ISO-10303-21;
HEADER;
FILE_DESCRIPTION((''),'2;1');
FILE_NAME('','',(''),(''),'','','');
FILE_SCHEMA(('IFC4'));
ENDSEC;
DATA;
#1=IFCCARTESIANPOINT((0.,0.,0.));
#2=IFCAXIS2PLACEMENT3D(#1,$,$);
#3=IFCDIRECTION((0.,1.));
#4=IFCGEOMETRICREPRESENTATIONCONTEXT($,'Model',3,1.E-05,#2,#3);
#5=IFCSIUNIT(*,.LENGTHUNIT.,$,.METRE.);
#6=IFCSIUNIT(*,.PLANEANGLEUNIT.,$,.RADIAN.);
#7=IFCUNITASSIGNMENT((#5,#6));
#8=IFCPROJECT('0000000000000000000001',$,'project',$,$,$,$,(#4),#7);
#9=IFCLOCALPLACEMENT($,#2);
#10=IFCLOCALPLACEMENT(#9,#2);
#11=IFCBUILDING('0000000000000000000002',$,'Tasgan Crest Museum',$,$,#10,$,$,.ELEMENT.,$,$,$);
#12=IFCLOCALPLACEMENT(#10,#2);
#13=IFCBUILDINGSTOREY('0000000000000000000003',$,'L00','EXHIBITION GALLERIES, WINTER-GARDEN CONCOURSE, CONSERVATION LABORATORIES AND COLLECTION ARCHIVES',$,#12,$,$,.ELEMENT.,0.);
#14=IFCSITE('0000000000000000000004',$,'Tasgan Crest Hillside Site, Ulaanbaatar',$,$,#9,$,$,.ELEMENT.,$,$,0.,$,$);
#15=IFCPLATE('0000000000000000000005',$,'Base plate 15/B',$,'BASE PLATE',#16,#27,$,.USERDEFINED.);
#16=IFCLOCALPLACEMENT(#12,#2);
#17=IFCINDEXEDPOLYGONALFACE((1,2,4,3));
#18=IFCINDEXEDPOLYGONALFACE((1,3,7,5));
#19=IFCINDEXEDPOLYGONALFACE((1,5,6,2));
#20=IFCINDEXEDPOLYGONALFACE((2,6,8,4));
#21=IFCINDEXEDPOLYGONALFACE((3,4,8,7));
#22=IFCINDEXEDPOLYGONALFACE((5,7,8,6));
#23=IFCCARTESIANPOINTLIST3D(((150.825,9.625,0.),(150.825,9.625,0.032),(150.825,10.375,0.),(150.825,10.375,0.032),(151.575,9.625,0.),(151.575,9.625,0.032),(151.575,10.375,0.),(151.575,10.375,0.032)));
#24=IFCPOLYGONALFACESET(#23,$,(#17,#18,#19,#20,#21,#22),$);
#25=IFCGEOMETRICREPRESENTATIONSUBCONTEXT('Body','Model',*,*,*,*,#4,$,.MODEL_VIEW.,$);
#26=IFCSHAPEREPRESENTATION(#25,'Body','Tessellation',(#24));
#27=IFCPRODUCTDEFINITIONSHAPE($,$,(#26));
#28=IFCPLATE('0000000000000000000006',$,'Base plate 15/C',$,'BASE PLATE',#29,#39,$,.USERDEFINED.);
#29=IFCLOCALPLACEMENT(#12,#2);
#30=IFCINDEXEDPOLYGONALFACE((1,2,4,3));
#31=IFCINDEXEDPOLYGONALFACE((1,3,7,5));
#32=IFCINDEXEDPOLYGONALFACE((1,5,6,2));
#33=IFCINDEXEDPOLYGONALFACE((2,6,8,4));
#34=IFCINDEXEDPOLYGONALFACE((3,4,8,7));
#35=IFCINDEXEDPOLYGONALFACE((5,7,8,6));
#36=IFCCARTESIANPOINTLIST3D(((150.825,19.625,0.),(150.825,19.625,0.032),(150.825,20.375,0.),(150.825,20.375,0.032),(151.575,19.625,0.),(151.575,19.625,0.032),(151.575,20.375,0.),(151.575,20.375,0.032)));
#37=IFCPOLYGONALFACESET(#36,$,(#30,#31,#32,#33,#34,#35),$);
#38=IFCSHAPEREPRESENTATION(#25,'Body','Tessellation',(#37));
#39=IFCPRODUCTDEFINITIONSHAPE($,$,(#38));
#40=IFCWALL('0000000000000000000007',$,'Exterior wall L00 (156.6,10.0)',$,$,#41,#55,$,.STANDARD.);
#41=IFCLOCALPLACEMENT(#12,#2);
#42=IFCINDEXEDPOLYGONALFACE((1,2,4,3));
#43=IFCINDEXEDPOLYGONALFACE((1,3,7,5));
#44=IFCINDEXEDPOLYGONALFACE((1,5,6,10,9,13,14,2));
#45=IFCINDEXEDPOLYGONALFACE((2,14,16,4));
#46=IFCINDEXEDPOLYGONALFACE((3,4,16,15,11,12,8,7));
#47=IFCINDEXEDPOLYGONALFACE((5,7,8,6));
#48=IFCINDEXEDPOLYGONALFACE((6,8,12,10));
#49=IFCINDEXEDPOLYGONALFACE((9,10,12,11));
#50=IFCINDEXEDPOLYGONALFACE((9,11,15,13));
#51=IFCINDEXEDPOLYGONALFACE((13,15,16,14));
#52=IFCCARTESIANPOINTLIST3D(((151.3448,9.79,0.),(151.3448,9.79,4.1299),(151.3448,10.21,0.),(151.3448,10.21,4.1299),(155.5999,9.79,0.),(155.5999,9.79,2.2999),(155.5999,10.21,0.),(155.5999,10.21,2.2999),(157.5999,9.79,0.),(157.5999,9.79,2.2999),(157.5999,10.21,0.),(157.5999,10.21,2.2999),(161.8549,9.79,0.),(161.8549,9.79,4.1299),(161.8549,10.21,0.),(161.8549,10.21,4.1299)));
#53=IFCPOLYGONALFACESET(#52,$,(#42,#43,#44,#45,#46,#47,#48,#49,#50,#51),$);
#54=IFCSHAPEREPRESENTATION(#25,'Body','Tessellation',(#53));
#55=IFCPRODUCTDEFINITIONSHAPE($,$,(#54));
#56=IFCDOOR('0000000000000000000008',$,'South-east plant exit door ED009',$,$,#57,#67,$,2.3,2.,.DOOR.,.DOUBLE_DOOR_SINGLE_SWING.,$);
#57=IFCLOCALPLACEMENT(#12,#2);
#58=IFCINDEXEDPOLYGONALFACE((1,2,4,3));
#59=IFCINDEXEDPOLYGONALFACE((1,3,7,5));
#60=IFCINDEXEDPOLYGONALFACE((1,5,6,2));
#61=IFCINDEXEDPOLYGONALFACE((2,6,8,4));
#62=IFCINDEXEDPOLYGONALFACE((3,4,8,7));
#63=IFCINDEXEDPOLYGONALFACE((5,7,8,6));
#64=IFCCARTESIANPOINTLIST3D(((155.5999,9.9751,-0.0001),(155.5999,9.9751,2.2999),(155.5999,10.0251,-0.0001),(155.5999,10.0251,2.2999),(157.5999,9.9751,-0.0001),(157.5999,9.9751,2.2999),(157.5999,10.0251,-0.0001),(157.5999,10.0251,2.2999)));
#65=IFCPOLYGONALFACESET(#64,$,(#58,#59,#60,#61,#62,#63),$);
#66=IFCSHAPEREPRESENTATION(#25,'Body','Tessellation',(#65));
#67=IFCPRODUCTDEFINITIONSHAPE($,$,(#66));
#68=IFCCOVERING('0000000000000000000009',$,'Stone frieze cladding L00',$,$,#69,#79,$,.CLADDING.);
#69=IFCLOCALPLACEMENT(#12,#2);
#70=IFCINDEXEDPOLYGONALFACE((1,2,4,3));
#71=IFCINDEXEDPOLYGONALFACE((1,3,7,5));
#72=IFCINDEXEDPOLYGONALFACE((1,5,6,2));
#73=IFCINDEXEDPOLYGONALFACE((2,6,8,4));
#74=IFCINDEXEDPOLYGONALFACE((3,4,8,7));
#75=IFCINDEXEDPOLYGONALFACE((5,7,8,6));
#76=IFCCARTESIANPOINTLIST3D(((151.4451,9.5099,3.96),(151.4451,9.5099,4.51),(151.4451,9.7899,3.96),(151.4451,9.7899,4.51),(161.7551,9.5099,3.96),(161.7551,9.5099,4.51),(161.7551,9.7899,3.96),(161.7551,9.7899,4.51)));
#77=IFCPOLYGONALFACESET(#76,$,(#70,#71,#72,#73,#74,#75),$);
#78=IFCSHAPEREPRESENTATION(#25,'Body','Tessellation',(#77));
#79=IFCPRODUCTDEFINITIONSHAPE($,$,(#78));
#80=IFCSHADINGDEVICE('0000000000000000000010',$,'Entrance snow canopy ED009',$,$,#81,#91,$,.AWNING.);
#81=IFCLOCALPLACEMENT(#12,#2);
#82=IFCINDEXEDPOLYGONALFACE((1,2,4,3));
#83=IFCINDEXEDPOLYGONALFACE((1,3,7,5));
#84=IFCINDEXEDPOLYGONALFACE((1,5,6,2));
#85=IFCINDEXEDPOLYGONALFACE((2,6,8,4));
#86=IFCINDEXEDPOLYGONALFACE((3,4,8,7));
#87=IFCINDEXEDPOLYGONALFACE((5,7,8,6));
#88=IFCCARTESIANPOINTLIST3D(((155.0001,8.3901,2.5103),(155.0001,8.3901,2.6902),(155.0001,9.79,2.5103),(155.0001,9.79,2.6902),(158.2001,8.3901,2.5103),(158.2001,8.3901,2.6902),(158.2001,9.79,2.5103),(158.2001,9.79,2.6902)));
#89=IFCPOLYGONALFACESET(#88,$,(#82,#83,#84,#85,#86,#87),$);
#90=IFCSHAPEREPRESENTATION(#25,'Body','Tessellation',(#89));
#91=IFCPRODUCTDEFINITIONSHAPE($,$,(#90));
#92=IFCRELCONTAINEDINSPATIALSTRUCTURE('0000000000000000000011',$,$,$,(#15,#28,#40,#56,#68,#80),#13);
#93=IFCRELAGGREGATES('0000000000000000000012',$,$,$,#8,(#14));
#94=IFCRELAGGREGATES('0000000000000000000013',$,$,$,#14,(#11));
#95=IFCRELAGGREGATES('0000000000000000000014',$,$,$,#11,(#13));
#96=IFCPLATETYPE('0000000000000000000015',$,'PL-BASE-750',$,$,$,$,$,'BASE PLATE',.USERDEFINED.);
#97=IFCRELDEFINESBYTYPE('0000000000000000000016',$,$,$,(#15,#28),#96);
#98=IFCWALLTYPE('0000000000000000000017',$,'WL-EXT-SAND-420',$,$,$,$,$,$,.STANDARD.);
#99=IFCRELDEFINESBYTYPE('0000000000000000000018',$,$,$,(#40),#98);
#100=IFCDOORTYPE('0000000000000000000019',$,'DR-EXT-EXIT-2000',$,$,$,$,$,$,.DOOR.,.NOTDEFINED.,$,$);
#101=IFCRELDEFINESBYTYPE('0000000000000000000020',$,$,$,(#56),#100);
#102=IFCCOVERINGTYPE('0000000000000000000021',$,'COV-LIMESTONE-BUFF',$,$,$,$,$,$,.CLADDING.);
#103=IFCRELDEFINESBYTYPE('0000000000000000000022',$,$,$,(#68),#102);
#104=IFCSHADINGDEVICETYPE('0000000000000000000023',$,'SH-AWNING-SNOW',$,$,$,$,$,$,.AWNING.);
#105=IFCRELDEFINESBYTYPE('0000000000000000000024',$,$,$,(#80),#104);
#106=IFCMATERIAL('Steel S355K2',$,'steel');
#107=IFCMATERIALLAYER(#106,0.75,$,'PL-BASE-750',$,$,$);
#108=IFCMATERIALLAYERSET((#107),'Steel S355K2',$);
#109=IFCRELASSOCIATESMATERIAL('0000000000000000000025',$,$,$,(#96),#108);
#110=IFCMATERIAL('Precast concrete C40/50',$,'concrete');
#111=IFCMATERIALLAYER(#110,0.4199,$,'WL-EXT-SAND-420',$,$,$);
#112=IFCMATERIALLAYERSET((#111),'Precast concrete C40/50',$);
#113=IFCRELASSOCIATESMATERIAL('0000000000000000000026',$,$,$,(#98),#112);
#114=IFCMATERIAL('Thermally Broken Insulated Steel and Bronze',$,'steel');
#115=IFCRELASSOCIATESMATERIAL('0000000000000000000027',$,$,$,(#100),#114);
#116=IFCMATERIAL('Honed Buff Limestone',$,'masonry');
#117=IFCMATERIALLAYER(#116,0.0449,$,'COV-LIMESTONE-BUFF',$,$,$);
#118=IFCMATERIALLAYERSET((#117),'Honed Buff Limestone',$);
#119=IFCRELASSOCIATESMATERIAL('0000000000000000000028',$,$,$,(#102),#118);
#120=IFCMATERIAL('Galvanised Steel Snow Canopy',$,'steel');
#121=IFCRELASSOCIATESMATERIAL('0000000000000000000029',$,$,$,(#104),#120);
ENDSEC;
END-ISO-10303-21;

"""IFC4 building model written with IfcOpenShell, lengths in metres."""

from ifc_helpers import new_model, si_unit, direction, frame, frame_2d, origin, origin_2d, place, context, subcontext, project, spatial, rectangle, extrude, material, layer, layer_set, type_object, element, fill, save


model = new_model("IFC4")

# Units and contexts
model_context = context("Model", 3, precision=1e-05, world=origin(), true_north=direction((0.0, 1.0)))
body_context = subcontext(model_context, "Body", "Model", "MODEL_VIEW")
ifc_project = project(units=[si_unit("LENGTHUNIT", "METRE"), si_unit("PLANEANGLEUNIT", "RADIAN")], contexts=[model_context])

# Site, building, storey
site_placement = place(None, origin())
site = spatial("IfcSite", under=ifc_project, at=site_placement, Name="Tasgan Crest Hillside Site, Ulaanbaatar", CompositionType="ELEMENT", RefElevation=0.0)
building_placement = place(site_placement, origin())
building = spatial("IfcBuilding", under=site, at=building_placement, Name="Tasgan Crest Museum", CompositionType="ELEMENT")
storey_placement = place(building_placement, origin())
storey = spatial("IfcBuildingStorey", under=building, at=storey_placement, Name="L00", Description="EXHIBITION GALLERIES, WINTER-GARDEN CONCOURSE, CONSERVATION LABORATORIES AND COLLECTION ARCHIVES", CompositionType="ELEMENT", Elevation=0.0)

# Plates
ifc_material_1 = material(Name="Steel S355K2", Category="steel")
ifc_layer_1 = layer(ifc_material_1, 0.75, Name="PL-BASE-750")
ifc_layer_set_1 = layer_set([ifc_layer_1], Name="Steel S355K2")
plate_type = type_object("IfcPlateType", Name="PL-BASE-750", ElementType="BASE PLATE", PredefinedType="USERDEFINED", material=ifc_layer_set_1)
for number, where, z_axis, x_axis, name in (
    (1, (151.2, 10.0, 0.0), (0.0, 0.0, 1.0), (1.0, 0.0, 0.0), "Base plate 15/B"),
    (2, (151.2, 20.0, 0.0), (0.0, 0.0, 1.0), (1.0, 0.0, 0.0), "Base plate 15/C"),
):
    element("IfcPlate", number, at=place(storey_placement, frame(where, z_axis=z_axis, x_axis=x_axis)), inside=storey, type_object=plate_type, Name=name, ObjectType="BASE PLATE", PredefinedType="USERDEFINED", context=body_context, shape_type="SweptSolid", body=[
        extrude(rectangle(XDim=0.75, YDim=0.75, at=origin_2d()), origin(), (0.0, 0.0, 1.0), 0.032),
    ])

# Wall, opening, door
ifc_material_2 = material(Name="Precast concrete C40/50", Category="concrete")
ifc_layer_2 = layer(ifc_material_2, 0.4199, Name="WL-EXT-SAND-420")
ifc_layer_set_2 = layer_set([ifc_layer_2], Name="Precast concrete C40/50")
wall_type = type_object("IfcWallType", Name="WL-EXT-SAND-420", PredefinedType="STANDARD", material=ifc_layer_set_2)
wall_placement = place(storey_placement, frame((151.345, 10.0, 0.0), z_axis=(0.0, 0.0, 1.0), x_axis=(1.0, 0.0, 0.0)))
wall = element("IfcWall", 3, at=wall_placement, inside=storey, type_object=wall_type, Name="Exterior wall L00 (156.6,10.0)", PredefinedType="STANDARD", context=body_context, shape_type="SweptSolid", body=[
    extrude(rectangle(XDim=10.51, YDim=0.4199, at=frame_2d((5.2549, 0.0))), origin(), (0.0, 0.0, 1.0), 4.1299),
])
opening_placement = place(wall_placement, frame((4.2549, 0.0, 0.0)))
opening = element("IfcOpeningElement", 4, at=opening_placement, cuts=wall, PredefinedType="OPENING", context=body_context, shape_type="SweptSolid", body=[
    extrude(rectangle(XDim=2.0, YDim=2.3, at=frame_2d((1.0, 1.1499))), frame((0.0, 0.22, 0.0), z_axis=(0.0, -1.0, 0.0), x_axis=(1.0, 0.0, 0.0)), (0.0, 0.0, 1.0), 0.4399),
])
ifc_material_3 = material(Name="Thermally Broken Insulated Steel and Bronze", Category="steel")
door_type = type_object("IfcDoorType", Name="DR-EXT-EXIT-2000", OperationType="NOTDEFINED", PredefinedType="DOOR", material=ifc_material_3)
door_placement = place(opening_placement, frame((2.0, 0.0, 0.0), z_axis=(0.0, 0.0, 1.0), x_axis=(-1.0, 0.0, 0.0)))
door = element("IfcDoor", 5, at=door_placement, inside=storey, type_object=door_type, Name="South-east plant exit door ED009", OperationType="DOUBLE_DOOR_SINGLE_SWING", OverallHeight=2.3, OverallWidth=2.0, PredefinedType="DOOR", context=body_context, shape_type="SweptSolid", body=[
    extrude(rectangle(XDim=2.0, YDim=2.3, at=frame_2d((1.0, 1.1499))), frame((0.0, 0.0249, 0.0), z_axis=(0.0, -1.0, 0.0), x_axis=(1.0, 0.0, 0.0)), (0.0, 0.0, 1.0), 0.05),
])
fill(opening, door)

# Covering
ifc_material_4 = material(Name="Honed Buff Limestone", Category="masonry")
ifc_layer_3 = layer(ifc_material_4, 0.0449, Name="COV-LIMESTONE-BUFF")
ifc_layer_set_3 = layer_set([ifc_layer_3], Name="Honed Buff Limestone")
covering_type = type_object("IfcCoveringType", Name="COV-LIMESTONE-BUFF", PredefinedType="CLADDING", material=ifc_layer_set_3)
covering_placement = place(storey_placement, frame((156.6001, 9.6499, 3.96), z_axis=(0.0, 0.0, 1.0), x_axis=(1.0, 0.0, 0.0)))
element("IfcCovering", 6, at=covering_placement, inside=storey, type_object=covering_type, Name="Stone frieze cladding L00", PredefinedType="CLADDING", context=body_context, shape_type="SweptSolid", body=[
    extrude(rectangle(XDim=10.3101, YDim=0.28, at=origin_2d()), origin(), (0.0, 0.0, 1.0), 0.55),
])

# Shading device
ifc_material_5 = material(Name="Galvanised Steel Snow Canopy", Category="steel")
shading_device_type = type_object("IfcShadingDeviceType", Name="SH-AWNING-SNOW", PredefinedType="AWNING", material=ifc_material_5)
shading_device_placement = place(storey_placement, frame((156.6001, 9.0901, 2.5103), z_axis=(0.0, 0.0, 1.0), x_axis=(1.0, 0.0, 0.0)))
element("IfcShadingDevice", 7, at=shading_device_placement, inside=storey, type_object=shading_device_type, Name="Entrance snow canopy ED009", PredefinedType="AWNING", context=body_context, shape_type="SweptSolid", body=[
    extrude(rectangle(XDim=3.2, YDim=1.3999, at=origin_2d()), origin(), (0.0, 0.0, 1.0), 0.1799),
])

save(model, "model.ifc")
